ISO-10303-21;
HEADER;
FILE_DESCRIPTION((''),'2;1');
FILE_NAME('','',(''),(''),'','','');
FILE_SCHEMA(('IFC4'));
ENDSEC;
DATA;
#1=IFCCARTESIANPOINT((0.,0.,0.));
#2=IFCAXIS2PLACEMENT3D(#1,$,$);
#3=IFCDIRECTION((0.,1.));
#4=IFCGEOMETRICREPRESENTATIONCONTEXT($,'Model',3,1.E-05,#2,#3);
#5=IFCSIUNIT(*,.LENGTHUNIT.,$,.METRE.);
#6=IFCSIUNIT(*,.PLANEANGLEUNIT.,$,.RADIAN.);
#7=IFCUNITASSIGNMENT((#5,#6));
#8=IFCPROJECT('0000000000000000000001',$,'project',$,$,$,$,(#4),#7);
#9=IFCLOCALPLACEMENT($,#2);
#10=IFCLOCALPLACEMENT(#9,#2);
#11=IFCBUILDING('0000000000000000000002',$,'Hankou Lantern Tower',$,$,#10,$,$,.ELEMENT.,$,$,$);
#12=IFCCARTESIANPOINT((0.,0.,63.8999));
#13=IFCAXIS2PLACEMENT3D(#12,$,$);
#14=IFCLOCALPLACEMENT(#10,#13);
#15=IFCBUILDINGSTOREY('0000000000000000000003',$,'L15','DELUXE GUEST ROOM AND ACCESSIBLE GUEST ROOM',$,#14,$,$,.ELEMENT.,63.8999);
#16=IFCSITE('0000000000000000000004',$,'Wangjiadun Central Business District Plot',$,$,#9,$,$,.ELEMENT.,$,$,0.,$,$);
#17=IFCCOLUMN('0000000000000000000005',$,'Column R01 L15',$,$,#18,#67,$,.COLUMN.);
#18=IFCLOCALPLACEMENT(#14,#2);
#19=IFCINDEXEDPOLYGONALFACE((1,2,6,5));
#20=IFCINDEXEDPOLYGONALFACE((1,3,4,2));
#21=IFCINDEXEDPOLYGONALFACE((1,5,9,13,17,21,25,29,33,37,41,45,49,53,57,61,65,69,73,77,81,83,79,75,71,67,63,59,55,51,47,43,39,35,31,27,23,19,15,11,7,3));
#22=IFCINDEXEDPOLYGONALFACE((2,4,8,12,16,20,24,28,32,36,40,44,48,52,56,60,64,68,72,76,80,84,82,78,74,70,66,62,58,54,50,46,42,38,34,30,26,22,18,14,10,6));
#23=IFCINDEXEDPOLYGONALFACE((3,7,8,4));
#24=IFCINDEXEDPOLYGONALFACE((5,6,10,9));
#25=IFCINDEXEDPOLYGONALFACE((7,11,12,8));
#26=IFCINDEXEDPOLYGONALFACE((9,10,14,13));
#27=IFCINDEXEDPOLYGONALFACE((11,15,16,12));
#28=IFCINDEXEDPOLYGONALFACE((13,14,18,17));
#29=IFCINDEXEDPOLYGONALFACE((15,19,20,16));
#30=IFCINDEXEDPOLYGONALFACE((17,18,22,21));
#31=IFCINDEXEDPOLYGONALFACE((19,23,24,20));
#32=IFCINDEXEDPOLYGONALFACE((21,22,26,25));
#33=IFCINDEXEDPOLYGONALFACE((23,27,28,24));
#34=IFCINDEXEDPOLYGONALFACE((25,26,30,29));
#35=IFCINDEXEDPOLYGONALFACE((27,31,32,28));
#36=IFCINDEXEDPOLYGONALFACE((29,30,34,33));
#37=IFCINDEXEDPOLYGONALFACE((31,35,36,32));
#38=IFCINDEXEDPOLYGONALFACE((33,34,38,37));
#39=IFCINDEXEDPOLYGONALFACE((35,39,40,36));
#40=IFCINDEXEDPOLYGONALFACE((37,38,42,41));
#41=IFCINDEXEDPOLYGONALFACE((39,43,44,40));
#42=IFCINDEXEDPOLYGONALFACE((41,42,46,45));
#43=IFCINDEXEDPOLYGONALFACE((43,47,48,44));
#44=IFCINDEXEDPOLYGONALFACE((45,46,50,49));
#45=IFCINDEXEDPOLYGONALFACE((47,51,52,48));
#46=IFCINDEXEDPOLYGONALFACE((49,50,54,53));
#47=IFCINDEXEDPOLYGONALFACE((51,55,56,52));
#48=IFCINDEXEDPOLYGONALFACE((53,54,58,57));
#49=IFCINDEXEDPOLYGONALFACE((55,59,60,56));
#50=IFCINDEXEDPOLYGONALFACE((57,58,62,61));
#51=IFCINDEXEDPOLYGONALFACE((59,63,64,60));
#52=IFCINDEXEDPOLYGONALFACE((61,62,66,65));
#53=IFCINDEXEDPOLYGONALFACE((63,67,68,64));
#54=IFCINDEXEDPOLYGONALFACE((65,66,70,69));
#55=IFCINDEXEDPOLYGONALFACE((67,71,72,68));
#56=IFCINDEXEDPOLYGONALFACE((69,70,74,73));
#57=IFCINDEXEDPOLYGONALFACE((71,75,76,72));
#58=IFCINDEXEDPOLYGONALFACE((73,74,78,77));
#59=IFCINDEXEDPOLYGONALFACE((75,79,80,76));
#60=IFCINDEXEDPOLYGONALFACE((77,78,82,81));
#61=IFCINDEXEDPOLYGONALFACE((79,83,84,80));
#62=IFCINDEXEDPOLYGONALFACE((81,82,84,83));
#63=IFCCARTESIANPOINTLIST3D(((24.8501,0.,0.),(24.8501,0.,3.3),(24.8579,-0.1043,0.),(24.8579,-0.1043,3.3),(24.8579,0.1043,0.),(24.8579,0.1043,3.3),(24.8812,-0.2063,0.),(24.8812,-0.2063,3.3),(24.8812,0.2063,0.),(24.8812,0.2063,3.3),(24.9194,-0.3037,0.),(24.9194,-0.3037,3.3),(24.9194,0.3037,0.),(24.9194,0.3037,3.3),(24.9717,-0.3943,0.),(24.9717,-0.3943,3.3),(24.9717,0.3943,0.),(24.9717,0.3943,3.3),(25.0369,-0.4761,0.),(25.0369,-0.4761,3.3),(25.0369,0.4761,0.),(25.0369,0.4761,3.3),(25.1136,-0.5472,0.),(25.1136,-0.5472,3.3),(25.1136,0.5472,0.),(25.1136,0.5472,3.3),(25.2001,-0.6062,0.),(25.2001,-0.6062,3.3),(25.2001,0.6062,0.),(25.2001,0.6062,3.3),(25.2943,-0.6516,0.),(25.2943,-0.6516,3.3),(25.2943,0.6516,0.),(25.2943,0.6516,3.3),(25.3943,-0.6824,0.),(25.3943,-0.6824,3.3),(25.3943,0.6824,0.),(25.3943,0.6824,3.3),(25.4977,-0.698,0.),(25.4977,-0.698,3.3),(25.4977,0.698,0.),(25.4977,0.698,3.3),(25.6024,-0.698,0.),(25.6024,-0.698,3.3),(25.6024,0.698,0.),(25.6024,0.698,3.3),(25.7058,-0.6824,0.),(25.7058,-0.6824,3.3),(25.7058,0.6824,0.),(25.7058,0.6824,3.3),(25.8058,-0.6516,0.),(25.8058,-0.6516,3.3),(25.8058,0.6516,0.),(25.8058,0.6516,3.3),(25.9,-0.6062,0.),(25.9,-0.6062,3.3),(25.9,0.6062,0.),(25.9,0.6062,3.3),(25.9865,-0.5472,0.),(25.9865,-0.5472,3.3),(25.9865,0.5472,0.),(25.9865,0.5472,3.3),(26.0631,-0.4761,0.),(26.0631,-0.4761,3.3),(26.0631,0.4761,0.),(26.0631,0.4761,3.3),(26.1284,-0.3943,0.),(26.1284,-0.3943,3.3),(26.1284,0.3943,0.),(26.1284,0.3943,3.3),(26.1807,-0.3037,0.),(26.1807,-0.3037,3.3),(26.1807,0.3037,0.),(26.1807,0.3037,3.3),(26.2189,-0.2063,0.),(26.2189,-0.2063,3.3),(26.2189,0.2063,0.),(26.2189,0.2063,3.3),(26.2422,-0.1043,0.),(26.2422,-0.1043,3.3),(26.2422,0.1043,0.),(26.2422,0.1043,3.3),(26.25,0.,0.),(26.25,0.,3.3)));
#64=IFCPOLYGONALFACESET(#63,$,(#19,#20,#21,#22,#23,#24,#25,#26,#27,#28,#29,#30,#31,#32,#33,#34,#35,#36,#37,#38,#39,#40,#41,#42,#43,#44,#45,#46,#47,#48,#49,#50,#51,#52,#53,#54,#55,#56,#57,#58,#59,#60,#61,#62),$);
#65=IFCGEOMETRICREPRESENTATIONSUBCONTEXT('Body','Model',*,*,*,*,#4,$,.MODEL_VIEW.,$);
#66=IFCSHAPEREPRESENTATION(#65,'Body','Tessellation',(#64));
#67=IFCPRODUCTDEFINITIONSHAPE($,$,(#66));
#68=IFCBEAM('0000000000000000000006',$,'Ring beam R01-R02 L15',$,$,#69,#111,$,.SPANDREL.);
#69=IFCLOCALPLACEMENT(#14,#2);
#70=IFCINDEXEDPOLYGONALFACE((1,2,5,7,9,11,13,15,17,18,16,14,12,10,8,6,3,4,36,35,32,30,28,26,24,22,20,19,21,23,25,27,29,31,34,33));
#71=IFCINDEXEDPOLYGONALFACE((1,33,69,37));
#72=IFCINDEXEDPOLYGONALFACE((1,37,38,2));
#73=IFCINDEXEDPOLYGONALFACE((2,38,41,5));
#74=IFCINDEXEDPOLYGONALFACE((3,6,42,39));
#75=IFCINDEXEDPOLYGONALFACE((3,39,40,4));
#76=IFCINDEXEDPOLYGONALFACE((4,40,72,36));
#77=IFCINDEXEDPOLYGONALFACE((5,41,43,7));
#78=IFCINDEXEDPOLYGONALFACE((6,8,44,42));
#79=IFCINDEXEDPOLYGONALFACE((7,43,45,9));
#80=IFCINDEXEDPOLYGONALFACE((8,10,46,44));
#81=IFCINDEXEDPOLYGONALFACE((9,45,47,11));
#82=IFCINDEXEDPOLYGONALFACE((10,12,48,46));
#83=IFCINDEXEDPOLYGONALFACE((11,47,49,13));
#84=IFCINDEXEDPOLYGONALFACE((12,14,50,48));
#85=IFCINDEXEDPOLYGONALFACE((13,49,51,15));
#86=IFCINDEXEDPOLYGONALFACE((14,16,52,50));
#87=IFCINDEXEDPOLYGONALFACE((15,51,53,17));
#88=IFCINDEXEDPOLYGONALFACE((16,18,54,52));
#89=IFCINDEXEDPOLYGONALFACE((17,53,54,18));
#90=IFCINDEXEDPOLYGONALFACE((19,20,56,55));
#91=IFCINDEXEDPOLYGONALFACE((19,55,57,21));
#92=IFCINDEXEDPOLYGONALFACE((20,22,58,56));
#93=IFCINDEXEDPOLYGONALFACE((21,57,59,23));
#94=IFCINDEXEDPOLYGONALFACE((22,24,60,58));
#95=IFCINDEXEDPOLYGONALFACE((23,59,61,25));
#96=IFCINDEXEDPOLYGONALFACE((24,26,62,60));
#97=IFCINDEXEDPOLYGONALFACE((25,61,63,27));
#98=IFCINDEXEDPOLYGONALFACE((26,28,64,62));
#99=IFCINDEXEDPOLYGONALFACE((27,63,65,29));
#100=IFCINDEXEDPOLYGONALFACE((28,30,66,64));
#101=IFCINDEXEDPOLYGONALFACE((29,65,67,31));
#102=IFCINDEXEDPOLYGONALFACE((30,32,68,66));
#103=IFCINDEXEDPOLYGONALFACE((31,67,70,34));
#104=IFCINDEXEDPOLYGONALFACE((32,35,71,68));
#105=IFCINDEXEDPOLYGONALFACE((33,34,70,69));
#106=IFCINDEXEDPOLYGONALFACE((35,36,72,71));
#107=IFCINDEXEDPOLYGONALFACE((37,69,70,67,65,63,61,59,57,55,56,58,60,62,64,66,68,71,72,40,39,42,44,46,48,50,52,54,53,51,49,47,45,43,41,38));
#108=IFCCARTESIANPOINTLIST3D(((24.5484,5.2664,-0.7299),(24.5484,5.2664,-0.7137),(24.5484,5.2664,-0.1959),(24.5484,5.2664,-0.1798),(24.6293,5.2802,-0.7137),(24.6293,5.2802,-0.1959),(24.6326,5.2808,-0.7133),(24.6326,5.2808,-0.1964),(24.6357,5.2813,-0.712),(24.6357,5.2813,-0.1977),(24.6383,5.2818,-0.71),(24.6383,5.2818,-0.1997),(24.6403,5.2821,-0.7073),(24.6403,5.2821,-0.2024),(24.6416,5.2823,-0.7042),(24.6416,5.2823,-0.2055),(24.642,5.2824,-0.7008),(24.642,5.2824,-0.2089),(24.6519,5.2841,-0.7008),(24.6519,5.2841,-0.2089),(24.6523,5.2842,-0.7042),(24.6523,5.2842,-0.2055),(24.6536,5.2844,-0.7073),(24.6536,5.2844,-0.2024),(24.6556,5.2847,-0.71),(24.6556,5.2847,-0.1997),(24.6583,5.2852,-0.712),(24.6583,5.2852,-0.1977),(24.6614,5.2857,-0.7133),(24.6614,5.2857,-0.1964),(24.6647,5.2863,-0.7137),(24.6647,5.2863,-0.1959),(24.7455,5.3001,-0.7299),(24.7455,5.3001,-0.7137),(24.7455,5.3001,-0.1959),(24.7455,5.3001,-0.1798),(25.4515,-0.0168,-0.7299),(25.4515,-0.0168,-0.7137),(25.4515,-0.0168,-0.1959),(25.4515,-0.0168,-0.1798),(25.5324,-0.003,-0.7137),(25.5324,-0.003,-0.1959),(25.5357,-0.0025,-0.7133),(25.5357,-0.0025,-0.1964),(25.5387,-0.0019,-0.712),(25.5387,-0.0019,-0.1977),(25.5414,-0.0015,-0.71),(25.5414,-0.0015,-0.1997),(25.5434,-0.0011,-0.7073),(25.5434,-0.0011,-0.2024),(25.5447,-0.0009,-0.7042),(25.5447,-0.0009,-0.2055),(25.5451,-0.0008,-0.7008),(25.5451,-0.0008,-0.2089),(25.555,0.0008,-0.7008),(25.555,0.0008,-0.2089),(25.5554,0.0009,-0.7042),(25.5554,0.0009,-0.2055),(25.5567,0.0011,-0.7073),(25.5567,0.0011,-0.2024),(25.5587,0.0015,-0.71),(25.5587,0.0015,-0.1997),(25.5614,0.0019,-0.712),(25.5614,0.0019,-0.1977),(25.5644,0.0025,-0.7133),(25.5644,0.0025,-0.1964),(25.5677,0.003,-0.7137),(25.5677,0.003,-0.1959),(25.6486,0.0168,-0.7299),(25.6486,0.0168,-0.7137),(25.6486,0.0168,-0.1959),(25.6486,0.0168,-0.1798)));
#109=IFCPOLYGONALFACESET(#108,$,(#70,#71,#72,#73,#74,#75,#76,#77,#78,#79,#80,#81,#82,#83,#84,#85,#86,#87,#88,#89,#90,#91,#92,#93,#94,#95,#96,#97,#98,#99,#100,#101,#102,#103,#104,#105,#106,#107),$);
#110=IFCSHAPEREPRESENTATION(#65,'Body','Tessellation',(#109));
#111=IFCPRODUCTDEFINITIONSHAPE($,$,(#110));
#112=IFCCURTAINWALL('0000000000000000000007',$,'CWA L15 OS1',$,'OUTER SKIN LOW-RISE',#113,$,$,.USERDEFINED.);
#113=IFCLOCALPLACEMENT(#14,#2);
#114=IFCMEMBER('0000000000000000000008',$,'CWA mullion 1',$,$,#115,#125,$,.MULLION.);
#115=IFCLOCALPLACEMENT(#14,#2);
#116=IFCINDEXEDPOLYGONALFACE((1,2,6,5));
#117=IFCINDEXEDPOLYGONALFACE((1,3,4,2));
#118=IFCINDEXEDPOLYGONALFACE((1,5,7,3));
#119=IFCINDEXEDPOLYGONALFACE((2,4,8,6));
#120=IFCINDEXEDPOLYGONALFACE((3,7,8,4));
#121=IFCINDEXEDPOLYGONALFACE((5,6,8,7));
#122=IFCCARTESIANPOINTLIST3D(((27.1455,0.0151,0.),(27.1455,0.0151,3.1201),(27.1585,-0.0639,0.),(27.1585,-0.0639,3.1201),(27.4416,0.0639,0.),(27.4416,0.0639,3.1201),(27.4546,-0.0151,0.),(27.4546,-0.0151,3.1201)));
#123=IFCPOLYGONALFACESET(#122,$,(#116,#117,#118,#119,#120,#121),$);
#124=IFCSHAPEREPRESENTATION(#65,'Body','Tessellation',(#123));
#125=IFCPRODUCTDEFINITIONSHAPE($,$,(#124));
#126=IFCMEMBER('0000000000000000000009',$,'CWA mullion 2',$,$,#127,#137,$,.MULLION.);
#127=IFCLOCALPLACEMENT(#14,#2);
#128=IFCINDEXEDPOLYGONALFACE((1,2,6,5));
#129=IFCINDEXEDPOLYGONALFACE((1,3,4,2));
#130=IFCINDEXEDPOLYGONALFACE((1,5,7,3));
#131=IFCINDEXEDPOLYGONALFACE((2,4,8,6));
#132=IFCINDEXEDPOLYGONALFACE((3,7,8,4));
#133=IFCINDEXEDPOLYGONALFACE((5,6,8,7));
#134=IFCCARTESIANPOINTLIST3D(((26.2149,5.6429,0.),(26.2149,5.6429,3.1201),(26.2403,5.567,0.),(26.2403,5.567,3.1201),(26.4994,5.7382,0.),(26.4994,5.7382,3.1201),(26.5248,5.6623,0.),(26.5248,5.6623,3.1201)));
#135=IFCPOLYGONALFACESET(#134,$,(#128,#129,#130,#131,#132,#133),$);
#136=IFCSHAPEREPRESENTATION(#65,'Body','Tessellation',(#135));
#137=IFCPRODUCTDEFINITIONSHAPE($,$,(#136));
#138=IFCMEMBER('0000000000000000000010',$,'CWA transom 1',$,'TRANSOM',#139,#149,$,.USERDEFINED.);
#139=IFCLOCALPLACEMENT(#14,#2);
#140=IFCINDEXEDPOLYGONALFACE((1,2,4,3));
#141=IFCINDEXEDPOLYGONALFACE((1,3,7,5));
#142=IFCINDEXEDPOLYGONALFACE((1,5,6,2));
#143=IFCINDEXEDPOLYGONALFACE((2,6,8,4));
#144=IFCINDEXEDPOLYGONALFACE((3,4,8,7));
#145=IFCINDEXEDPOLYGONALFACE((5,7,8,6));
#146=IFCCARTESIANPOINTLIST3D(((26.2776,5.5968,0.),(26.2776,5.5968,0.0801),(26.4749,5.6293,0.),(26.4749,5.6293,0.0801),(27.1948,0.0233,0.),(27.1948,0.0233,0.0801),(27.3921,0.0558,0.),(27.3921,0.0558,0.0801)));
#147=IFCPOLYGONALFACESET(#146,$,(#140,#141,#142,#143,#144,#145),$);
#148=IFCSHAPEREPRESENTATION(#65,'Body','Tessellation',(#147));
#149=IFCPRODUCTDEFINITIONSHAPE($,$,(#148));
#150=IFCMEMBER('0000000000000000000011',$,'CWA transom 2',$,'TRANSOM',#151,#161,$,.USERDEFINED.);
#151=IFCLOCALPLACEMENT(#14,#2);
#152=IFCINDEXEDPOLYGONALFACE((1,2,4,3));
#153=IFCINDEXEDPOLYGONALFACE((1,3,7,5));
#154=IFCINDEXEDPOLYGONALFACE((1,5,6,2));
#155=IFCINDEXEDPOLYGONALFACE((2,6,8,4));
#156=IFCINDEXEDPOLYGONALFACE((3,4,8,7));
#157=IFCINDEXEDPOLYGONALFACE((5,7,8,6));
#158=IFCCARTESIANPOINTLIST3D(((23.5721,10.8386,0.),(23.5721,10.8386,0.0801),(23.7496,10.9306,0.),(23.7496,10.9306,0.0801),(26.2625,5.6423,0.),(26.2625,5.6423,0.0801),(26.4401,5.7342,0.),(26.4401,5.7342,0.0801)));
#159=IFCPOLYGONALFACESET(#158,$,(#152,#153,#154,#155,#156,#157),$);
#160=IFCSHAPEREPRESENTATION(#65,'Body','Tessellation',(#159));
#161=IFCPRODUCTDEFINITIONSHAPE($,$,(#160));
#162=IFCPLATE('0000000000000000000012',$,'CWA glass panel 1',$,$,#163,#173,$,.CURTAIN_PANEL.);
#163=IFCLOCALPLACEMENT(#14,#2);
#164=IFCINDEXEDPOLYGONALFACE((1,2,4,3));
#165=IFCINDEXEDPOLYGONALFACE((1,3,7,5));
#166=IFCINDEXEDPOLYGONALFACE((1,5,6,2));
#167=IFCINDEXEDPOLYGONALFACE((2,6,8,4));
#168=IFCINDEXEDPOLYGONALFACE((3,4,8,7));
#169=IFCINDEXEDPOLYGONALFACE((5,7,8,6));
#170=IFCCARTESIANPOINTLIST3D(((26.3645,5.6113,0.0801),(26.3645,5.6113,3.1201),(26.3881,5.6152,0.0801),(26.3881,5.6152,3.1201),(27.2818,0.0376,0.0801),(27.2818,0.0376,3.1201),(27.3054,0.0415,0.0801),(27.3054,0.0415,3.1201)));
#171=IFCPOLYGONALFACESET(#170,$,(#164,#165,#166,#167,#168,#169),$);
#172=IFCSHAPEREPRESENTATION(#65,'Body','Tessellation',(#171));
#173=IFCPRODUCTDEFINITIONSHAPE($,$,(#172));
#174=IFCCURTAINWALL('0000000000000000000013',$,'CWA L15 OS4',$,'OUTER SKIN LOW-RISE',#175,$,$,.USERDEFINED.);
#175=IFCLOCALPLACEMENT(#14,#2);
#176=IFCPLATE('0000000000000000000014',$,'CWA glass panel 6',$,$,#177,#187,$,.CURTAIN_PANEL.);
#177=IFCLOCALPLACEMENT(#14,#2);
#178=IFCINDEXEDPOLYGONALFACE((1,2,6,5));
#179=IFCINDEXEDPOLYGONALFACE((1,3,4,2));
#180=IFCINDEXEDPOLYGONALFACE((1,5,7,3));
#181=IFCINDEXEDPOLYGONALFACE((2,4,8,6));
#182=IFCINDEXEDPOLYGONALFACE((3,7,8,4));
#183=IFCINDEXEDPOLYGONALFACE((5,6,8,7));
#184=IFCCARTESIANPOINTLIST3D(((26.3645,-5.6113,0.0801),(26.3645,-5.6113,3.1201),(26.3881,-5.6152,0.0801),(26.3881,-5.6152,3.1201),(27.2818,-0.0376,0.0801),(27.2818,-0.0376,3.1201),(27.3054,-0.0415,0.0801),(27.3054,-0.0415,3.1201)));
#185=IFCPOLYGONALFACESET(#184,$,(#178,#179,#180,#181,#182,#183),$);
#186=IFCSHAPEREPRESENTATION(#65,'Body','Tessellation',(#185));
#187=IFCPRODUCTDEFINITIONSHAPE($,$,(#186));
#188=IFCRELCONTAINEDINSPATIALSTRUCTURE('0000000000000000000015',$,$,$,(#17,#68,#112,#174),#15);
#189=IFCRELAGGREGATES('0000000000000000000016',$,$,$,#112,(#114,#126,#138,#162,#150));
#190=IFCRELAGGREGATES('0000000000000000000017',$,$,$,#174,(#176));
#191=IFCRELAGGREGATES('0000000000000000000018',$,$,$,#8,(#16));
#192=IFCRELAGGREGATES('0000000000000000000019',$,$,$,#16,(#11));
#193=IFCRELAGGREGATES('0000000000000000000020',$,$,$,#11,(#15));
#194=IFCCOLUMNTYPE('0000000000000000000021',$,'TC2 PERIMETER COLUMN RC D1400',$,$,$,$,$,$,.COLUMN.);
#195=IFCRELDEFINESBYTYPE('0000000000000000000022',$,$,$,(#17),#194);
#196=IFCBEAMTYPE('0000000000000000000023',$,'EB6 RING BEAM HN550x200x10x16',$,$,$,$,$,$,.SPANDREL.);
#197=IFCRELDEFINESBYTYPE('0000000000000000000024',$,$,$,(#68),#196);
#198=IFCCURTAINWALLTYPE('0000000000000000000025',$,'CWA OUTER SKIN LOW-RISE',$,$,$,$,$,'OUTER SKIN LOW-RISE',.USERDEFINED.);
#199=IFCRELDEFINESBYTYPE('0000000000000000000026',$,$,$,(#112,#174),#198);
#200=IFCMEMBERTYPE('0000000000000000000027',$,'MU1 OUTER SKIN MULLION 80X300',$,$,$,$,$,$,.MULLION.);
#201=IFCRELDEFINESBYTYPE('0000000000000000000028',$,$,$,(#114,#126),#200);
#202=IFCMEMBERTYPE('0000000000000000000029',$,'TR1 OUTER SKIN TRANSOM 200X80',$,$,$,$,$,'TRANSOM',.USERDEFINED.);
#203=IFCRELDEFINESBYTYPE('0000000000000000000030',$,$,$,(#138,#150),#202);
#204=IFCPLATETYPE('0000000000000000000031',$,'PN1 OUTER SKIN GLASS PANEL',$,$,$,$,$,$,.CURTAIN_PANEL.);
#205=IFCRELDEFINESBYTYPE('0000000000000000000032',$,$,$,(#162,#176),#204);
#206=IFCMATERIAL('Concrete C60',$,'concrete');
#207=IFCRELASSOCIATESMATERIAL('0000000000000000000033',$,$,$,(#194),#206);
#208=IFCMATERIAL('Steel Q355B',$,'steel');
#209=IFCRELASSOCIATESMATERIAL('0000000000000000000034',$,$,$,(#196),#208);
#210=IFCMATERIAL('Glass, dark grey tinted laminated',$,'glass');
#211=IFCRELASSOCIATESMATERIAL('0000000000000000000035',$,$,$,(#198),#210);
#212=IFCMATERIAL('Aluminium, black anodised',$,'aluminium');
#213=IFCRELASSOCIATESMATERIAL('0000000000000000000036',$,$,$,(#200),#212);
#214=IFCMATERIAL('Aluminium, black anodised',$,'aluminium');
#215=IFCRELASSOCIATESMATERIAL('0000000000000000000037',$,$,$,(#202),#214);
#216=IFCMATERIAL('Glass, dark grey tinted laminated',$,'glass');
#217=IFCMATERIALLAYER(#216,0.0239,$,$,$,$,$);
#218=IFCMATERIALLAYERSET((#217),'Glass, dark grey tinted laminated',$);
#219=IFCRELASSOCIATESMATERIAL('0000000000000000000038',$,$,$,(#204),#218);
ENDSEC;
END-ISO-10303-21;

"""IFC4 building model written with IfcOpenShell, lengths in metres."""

from ifc_helpers import new_model, si_unit, direction, frame, origin, origin_2d, place, context, subcontext, project, spatial, rectangle, circle, i_section, extrude, material, layer, layer_set, material_profile, profile_set, type_object, element, aggregate, save


model = new_model("IFC4")

# Units and contexts
model_context = context("Model", 3, precision=1e-05, world=origin(), true_north=direction((0.0, 1.0)))
body_context = subcontext(model_context, "Body", "Model", "MODEL_VIEW")
ifc_project = project(units=[si_unit("LENGTHUNIT", "METRE"), si_unit("PLANEANGLEUNIT", "RADIAN")], contexts=[model_context])

# Site, building, storey
site_placement = place(None, origin())
site = spatial("IfcSite", under=ifc_project, at=site_placement, Name="Wangjiadun Central Business District Plot", CompositionType="ELEMENT", RefElevation=0.0)
building_placement = place(site_placement, origin())
building = spatial("IfcBuilding", under=site, at=building_placement, Name="Hankou Lantern Tower", CompositionType="ELEMENT")
storey_placement = place(building_placement, frame((0.0, 0.0, 63.8999)))
storey = spatial("IfcBuildingStorey", under=building, at=storey_placement, Name="L15", Description="DELUXE GUEST ROOM AND ACCESSIBLE GUEST ROOM", CompositionType="ELEMENT", Elevation=63.8999)

# Column
ifc_material_1 = material(Name="Concrete C60", Category="concrete")
ifc_material_profile_1 = material_profile(ifc_material_1, circle(Radius=0.7, at=origin_2d()), Name="RC D1400")
ifc_profile_set_1 = profile_set([ifc_material_profile_1], Name="Concrete C60")
column_type = type_object("IfcColumnType", Name="TC2 PERIMETER COLUMN RC D1400", PredefinedType="COLUMN", material=ifc_profile_set_1)
column_placement = place(storey_placement, frame((25.55, 0.0, 0.0), z_axis=(0.0, 0.0, 1.0), x_axis=(1.0, 0.0, 0.0)))
element("IfcColumn", 1, at=column_placement, inside=storey, type_object=column_type, Name="Column R01 L15", PredefinedType="COLUMN", context=body_context, shape_type="SweptSolid", body=[
    extrude(circle(Radius=0.7, at=origin_2d()), origin(), (0.0, 0.0, 1.0), 3.3),
])

# Beam
ifc_material_2 = material(Name="Steel Q355B", Category="steel")
ifc_material_profile_2 = material_profile(ifc_material_2, i_section(OverallWidth=0.2, OverallDepth=0.55, WebThickness=0.01, FlangeThickness=0.0161, FilletRadius=0.0129, at=origin_2d()), Name="HN550x200x10x16")
ifc_profile_set_2 = profile_set([ifc_material_profile_2], Name="Steel Q355B")
beam_type = type_object("IfcBeamType", Name="EB6 RING BEAM HN550x200x10x16", PredefinedType="SPANDREL", material=ifc_profile_set_2)
beam_placement = place(storey_placement, frame((25.55, 0.0, -0.4548), z_axis=(-0.16849, 0.985703, 0.0), x_axis=(-0.985703, -0.16849, 0.0)))
element("IfcBeam", 2, at=beam_placement, inside=storey, type_object=beam_type, Name="Ring beam R01-R02 L15", PredefinedType="SPANDREL", context=body_context, shape_type="SweptSolid", body=[
    extrude(i_section(OverallWidth=0.2, OverallDepth=0.55, WebThickness=0.01, FlangeThickness=0.0161, FilletRadius=0.0129, at=origin_2d()), origin(), (0.0, 0.0, 1.0), 5.3599),
])

# Curtain wall, members, plate
ifc_material_3 = material(Name="Glass, dark grey tinted laminated", Category="glass")
curtain_wall_type = type_object("IfcCurtainWallType", Name="CWA OUTER SKIN LOW-RISE", ElementType="OUTER SKIN LOW-RISE", PredefinedType="USERDEFINED", material=ifc_material_3)
curtain_wall_1_placement = place(storey_placement, origin())
curtain_wall_1 = element("IfcCurtainWall", 3, at=curtain_wall_1_placement, inside=storey, type_object=curtain_wall_type, Name="CWA L15 OS1", ObjectType="OUTER SKIN LOW-RISE", PredefinedType="USERDEFINED")
ifc_material_4 = material(Name="Aluminium, black anodised", Category="aluminium")
ifc_material_profile_3 = material_profile(ifc_material_4, rectangle(XDim=0.0801, YDim=0.3, at=origin_2d()), Name="MU1 80X300")
ifc_profile_set_3 = profile_set([ifc_material_profile_3], Name="Aluminium, black anodised")
member_type_1 = type_object("IfcMemberType", Name="MU1 OUTER SKIN MULLION 80X300", PredefinedType="MULLION", material=ifc_profile_set_3)
member_1_placement = place(storey_placement, frame((27.3, 0.0, 0.0), z_axis=(0.0, 0.0, 1.0), x_axis=(-0.162382, 0.986728, 0.0)))
member_1 = element("IfcMember", 4, at=member_1_placement, type_object=member_type_1, Name="CWA mullion 1", PredefinedType="MULLION", context=body_context, shape_type="SweptSolid", body=[
    extrude(rectangle(XDim=0.0801, YDim=0.3, at=origin_2d()), origin(), (0.0, 0.0, 1.0), 3.1201),
])
member_2_placement = place(storey_placement, frame((26.3699, 5.6526, 0.0), z_axis=(0.0, 0.0, 1.0), x_axis=(-0.317596, 0.948226, 0.0)))
member_2 = element("IfcMember", 5, at=member_2_placement, type_object=member_type_1, Name="CWA mullion 2", PredefinedType="MULLION", context=body_context, shape_type="SweptSolid", body=[
    extrude(rectangle(XDim=0.0801, YDim=0.3, at=origin_2d()), origin(), (0.0, 0.0, 1.0), 3.1201),
])
ifc_material_5 = material(Name="Aluminium, black anodised", Category="aluminium")
ifc_material_profile_4 = material_profile(ifc_material_5, rectangle(XDim=0.2, YDim=0.0801, at=origin_2d()), Name="TR1 200X80")
ifc_profile_set_4 = profile_set([ifc_material_profile_4], Name="Aluminium, black anodised")
member_type_2 = type_object("IfcMemberType", Name="TR1 OUTER SKIN TRANSOM 200X80", ElementType="TRANSOM", PredefinedType="USERDEFINED", material=ifc_profile_set_4)
member_3_placement = place(storey_placement, frame((27.2935, 0.0396, 0.04), z_axis=(-0.162387, 0.986727, 0.0), x_axis=(-0.986727, -0.162387, 0.0)))
member_3 = element("IfcMember", 6, at=member_3_placement, type_object=member_type_2, Name="CWA transom 1", ObjectType="TRANSOM", PredefinedType="USERDEFINED", context=body_context, shape_type="SweptSolid", body=[
    extrude(rectangle(XDim=0.2, YDim=0.0801, at=origin_2d()), origin(), (0.0, 0.0, 1.0), 5.6484),
])
member_4_placement = place(storey_placement, frame((26.3513, 5.6882, 0.04), z_axis=(-0.459786, 0.88803, 0.0), x_axis=(-0.88803, -0.459786, 0.0)))
member_4 = element("IfcMember", 7, at=member_4_placement, type_object=member_type_2, Name="CWA transom 2", ObjectType="TRANSOM", PredefinedType="USERDEFINED", context=body_context, shape_type="SweptSolid", body=[
    extrude(rectangle(XDim=0.2, YDim=0.0801, at=origin_2d()), origin(), (0.0, 0.0, 1.0), 5.8516),
])
ifc_material_6 = material(Name="Glass, dark grey tinted laminated", Category="glass")
ifc_layer_1 = layer(ifc_material_6, 0.0239)
ifc_layer_set_1 = layer_set([ifc_layer_1], Name="Glass, dark grey tinted laminated")
plate_type = type_object("IfcPlateType", Name="PN1 OUTER SKIN GLASS PANEL", PredefinedType="CURTAIN_PANEL", material=ifc_layer_set_1)
plate_1_placement = place(storey_placement, frame((26.835, 2.8264, 0.0801), z_axis=(0.0, 0.0, 1.0), x_axis=(-0.162382, 0.986728, 0.0)))
plate_1 = element("IfcPlate", 8, at=plate_1_placement, type_object=plate_type, Name="CWA glass panel 1", PredefinedType="CURTAIN_PANEL", context=body_context, shape_type="SweptSolid", body=[
    extrude(rectangle(XDim=5.6487, YDim=0.0239, at=origin_2d()), origin(), (0.0, 0.0, 1.0), 3.04),
])
aggregate(curtain_wall_1, [member_1, member_2, member_3, plate_1, member_4])

# Curtain wall, plate
curtain_wall_2_placement = place(storey_placement, origin())
curtain_wall_2 = element("IfcCurtainWall", 9, at=curtain_wall_2_placement, inside=storey, type_object=curtain_wall_type, Name="CWA L15 OS4", ObjectType="OUTER SKIN LOW-RISE", PredefinedType="USERDEFINED")
plate_2_placement = place(storey_placement, frame((26.835, -2.8264, 0.0801), z_axis=(0.0, 0.0, 1.0), x_axis=(0.162382, 0.986728, 0.0)))
plate_2 = element("IfcPlate", 10, at=plate_2_placement, type_object=plate_type, Name="CWA glass panel 6", PredefinedType="CURTAIN_PANEL", context=body_context, shape_type="SweptSolid", body=[
    extrude(rectangle(XDim=5.6487, YDim=0.0239, at=origin_2d()), origin(), (0.0, 0.0, 1.0), 3.04),
])
aggregate(curtain_wall_2, [plate_2])

save(model, "model.ifc")
